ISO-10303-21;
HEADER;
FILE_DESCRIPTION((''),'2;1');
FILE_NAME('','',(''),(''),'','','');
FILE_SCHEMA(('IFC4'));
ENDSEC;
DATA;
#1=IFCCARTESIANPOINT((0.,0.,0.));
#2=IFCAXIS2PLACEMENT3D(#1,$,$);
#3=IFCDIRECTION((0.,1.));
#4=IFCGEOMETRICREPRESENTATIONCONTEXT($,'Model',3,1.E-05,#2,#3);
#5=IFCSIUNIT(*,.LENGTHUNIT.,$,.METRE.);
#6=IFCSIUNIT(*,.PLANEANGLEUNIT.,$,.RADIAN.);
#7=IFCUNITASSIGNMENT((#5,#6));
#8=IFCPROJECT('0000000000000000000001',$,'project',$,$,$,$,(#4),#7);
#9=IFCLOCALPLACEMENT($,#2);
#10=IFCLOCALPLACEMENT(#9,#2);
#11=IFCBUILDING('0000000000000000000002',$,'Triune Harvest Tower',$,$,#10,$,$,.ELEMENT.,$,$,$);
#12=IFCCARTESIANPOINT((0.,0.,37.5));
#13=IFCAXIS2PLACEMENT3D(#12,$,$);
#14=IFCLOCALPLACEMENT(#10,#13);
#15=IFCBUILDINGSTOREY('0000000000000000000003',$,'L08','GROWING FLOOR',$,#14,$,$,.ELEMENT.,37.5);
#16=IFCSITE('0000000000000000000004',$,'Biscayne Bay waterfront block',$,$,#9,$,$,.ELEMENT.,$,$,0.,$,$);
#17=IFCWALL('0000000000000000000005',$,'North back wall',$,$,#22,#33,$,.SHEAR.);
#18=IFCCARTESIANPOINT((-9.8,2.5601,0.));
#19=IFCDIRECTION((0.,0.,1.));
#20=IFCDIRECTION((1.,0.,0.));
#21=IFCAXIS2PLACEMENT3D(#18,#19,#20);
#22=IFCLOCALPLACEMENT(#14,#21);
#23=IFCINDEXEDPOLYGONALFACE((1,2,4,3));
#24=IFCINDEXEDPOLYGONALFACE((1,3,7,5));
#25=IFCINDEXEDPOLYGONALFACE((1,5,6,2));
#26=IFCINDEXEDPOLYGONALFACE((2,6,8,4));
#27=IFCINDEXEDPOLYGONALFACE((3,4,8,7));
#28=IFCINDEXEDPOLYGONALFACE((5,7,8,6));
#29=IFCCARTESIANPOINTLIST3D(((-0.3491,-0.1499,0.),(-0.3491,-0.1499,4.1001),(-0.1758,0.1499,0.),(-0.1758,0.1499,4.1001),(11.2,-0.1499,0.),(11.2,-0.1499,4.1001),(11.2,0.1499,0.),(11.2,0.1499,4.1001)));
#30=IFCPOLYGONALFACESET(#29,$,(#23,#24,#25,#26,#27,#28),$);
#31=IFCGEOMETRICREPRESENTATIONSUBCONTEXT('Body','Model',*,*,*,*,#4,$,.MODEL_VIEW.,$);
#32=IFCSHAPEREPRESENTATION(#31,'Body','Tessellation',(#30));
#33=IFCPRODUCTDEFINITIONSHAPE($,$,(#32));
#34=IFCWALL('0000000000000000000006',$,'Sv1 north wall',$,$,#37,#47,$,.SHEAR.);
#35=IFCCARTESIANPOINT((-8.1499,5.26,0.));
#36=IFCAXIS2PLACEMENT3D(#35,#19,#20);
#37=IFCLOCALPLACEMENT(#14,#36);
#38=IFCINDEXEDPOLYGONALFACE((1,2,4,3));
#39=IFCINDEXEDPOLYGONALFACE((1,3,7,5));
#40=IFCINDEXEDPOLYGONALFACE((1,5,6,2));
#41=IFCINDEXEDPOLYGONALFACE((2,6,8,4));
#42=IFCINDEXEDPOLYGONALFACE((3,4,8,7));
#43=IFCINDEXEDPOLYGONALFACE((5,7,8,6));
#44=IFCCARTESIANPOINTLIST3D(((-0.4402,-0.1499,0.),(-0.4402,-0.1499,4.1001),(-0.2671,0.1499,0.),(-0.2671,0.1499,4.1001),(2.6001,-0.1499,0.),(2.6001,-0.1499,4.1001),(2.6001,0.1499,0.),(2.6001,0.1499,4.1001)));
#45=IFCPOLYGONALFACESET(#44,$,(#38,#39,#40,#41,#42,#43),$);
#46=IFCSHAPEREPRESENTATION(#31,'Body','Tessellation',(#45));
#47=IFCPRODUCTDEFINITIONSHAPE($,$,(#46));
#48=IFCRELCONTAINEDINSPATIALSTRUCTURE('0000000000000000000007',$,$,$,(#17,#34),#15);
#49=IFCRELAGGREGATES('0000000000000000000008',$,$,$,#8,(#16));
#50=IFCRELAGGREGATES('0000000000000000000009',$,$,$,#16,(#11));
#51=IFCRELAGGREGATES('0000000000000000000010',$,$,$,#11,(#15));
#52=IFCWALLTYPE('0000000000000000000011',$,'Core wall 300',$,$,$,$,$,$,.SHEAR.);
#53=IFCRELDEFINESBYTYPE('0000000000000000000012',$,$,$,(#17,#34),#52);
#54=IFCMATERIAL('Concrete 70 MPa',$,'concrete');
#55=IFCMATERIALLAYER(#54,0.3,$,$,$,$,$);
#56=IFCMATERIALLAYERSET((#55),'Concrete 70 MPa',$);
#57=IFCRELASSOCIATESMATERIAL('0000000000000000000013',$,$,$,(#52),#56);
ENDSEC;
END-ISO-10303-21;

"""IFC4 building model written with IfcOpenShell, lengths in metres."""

from ifc_helpers import new_model, si_unit, direction, frame, origin, place, context, subcontext, project, spatial, polyline, outline, extrude, source, transform, mapped, material, layer, layer_set, type_object, element, save


model = new_model("IFC4")

# Units and contexts
model_context = context("Model", 3, precision=1e-05, world=origin(), true_north=direction((0.0, 1.0)))
body_context = subcontext(model_context, "Body", "Model", "MODEL_VIEW")
ifc_project = project(units=[si_unit("LENGTHUNIT", "METRE"), si_unit("PLANEANGLEUNIT", "RADIAN")], contexts=[model_context])

# Site, building, storey
site_placement = place(None, origin())
site = spatial("IfcSite", under=ifc_project, at=site_placement, Name="Biscayne Bay waterfront block", CompositionType="ELEMENT", RefElevation=0.0)
building_placement = place(site_placement, origin())
building = spatial("IfcBuilding", under=site, at=building_placement, Name="Triune Harvest Tower", CompositionType="ELEMENT")
storey_placement = place(building_placement, frame((0.0, 0.0, 37.5)))
storey = spatial("IfcBuildingStorey", under=building, at=storey_placement, Name="L08", Description="GROWING FLOOR", CompositionType="ELEMENT", Elevation=37.5)

# Shared definitions
ifc_material_1 = material(Name="Concrete 70 MPa", Category="concrete")
ifc_layer_1 = layer(ifc_material_1, 0.3)
ifc_layer_set_1 = layer_set([ifc_layer_1], Name="Concrete 70 MPa")
wall_type = type_object("IfcWallType", Name="Core wall 300", PredefinedType="SHEAR", material=ifc_layer_set_1)

# Wall
shared_shape_1 = source(origin(), body_context, "Body", "SweptSolid", [
    extrude(outline(polyline([(11.2, -0.1499), (-0.3491, -0.1499), (-0.1758, 0.1499), (11.2, 0.1499), (11.2, -0.1499)])), origin(), (0.0, 0.0, 1.0), 4.1001),
])
wall_1_placement = place(storey_placement, frame((-9.8, 2.5601, 0.0), z_axis=(0.0, 0.0, 1.0), x_axis=(1.0, 0.0, 0.0)))
element("IfcWall", 1, at=wall_1_placement, inside=storey, type_object=wall_type, Name="North back wall", PredefinedType="SHEAR", context=body_context, shape_type="MappedRepresentation", body=[
    mapped(shared_shape_1, transform((0.0, 0.0, 0.0), scale=1.0)),
])

# Wall
shared_shape_2 = source(origin(), body_context, "Body", "SweptSolid", [
    extrude(outline(polyline([(2.6001, -0.1499), (-0.4402, -0.1499), (-0.2671, 0.1499), (2.6001, 0.1499), (2.6001, -0.1499)])), origin(), (0.0, 0.0, 1.0), 4.1001),
])
wall_2_placement = place(storey_placement, frame((-8.1499, 5.26, 0.0), z_axis=(0.0, 0.0, 1.0), x_axis=(1.0, 0.0, 0.0)))
element("IfcWall", 2, at=wall_2_placement, inside=storey, type_object=wall_type, Name="Sv1 north wall", PredefinedType="SHEAR", context=body_context, shape_type="MappedRepresentation", body=[
    mapped(shared_shape_2, transform((0.0, 0.0, 0.0), scale=1.0)),
])

save(model, "model.ifc")
